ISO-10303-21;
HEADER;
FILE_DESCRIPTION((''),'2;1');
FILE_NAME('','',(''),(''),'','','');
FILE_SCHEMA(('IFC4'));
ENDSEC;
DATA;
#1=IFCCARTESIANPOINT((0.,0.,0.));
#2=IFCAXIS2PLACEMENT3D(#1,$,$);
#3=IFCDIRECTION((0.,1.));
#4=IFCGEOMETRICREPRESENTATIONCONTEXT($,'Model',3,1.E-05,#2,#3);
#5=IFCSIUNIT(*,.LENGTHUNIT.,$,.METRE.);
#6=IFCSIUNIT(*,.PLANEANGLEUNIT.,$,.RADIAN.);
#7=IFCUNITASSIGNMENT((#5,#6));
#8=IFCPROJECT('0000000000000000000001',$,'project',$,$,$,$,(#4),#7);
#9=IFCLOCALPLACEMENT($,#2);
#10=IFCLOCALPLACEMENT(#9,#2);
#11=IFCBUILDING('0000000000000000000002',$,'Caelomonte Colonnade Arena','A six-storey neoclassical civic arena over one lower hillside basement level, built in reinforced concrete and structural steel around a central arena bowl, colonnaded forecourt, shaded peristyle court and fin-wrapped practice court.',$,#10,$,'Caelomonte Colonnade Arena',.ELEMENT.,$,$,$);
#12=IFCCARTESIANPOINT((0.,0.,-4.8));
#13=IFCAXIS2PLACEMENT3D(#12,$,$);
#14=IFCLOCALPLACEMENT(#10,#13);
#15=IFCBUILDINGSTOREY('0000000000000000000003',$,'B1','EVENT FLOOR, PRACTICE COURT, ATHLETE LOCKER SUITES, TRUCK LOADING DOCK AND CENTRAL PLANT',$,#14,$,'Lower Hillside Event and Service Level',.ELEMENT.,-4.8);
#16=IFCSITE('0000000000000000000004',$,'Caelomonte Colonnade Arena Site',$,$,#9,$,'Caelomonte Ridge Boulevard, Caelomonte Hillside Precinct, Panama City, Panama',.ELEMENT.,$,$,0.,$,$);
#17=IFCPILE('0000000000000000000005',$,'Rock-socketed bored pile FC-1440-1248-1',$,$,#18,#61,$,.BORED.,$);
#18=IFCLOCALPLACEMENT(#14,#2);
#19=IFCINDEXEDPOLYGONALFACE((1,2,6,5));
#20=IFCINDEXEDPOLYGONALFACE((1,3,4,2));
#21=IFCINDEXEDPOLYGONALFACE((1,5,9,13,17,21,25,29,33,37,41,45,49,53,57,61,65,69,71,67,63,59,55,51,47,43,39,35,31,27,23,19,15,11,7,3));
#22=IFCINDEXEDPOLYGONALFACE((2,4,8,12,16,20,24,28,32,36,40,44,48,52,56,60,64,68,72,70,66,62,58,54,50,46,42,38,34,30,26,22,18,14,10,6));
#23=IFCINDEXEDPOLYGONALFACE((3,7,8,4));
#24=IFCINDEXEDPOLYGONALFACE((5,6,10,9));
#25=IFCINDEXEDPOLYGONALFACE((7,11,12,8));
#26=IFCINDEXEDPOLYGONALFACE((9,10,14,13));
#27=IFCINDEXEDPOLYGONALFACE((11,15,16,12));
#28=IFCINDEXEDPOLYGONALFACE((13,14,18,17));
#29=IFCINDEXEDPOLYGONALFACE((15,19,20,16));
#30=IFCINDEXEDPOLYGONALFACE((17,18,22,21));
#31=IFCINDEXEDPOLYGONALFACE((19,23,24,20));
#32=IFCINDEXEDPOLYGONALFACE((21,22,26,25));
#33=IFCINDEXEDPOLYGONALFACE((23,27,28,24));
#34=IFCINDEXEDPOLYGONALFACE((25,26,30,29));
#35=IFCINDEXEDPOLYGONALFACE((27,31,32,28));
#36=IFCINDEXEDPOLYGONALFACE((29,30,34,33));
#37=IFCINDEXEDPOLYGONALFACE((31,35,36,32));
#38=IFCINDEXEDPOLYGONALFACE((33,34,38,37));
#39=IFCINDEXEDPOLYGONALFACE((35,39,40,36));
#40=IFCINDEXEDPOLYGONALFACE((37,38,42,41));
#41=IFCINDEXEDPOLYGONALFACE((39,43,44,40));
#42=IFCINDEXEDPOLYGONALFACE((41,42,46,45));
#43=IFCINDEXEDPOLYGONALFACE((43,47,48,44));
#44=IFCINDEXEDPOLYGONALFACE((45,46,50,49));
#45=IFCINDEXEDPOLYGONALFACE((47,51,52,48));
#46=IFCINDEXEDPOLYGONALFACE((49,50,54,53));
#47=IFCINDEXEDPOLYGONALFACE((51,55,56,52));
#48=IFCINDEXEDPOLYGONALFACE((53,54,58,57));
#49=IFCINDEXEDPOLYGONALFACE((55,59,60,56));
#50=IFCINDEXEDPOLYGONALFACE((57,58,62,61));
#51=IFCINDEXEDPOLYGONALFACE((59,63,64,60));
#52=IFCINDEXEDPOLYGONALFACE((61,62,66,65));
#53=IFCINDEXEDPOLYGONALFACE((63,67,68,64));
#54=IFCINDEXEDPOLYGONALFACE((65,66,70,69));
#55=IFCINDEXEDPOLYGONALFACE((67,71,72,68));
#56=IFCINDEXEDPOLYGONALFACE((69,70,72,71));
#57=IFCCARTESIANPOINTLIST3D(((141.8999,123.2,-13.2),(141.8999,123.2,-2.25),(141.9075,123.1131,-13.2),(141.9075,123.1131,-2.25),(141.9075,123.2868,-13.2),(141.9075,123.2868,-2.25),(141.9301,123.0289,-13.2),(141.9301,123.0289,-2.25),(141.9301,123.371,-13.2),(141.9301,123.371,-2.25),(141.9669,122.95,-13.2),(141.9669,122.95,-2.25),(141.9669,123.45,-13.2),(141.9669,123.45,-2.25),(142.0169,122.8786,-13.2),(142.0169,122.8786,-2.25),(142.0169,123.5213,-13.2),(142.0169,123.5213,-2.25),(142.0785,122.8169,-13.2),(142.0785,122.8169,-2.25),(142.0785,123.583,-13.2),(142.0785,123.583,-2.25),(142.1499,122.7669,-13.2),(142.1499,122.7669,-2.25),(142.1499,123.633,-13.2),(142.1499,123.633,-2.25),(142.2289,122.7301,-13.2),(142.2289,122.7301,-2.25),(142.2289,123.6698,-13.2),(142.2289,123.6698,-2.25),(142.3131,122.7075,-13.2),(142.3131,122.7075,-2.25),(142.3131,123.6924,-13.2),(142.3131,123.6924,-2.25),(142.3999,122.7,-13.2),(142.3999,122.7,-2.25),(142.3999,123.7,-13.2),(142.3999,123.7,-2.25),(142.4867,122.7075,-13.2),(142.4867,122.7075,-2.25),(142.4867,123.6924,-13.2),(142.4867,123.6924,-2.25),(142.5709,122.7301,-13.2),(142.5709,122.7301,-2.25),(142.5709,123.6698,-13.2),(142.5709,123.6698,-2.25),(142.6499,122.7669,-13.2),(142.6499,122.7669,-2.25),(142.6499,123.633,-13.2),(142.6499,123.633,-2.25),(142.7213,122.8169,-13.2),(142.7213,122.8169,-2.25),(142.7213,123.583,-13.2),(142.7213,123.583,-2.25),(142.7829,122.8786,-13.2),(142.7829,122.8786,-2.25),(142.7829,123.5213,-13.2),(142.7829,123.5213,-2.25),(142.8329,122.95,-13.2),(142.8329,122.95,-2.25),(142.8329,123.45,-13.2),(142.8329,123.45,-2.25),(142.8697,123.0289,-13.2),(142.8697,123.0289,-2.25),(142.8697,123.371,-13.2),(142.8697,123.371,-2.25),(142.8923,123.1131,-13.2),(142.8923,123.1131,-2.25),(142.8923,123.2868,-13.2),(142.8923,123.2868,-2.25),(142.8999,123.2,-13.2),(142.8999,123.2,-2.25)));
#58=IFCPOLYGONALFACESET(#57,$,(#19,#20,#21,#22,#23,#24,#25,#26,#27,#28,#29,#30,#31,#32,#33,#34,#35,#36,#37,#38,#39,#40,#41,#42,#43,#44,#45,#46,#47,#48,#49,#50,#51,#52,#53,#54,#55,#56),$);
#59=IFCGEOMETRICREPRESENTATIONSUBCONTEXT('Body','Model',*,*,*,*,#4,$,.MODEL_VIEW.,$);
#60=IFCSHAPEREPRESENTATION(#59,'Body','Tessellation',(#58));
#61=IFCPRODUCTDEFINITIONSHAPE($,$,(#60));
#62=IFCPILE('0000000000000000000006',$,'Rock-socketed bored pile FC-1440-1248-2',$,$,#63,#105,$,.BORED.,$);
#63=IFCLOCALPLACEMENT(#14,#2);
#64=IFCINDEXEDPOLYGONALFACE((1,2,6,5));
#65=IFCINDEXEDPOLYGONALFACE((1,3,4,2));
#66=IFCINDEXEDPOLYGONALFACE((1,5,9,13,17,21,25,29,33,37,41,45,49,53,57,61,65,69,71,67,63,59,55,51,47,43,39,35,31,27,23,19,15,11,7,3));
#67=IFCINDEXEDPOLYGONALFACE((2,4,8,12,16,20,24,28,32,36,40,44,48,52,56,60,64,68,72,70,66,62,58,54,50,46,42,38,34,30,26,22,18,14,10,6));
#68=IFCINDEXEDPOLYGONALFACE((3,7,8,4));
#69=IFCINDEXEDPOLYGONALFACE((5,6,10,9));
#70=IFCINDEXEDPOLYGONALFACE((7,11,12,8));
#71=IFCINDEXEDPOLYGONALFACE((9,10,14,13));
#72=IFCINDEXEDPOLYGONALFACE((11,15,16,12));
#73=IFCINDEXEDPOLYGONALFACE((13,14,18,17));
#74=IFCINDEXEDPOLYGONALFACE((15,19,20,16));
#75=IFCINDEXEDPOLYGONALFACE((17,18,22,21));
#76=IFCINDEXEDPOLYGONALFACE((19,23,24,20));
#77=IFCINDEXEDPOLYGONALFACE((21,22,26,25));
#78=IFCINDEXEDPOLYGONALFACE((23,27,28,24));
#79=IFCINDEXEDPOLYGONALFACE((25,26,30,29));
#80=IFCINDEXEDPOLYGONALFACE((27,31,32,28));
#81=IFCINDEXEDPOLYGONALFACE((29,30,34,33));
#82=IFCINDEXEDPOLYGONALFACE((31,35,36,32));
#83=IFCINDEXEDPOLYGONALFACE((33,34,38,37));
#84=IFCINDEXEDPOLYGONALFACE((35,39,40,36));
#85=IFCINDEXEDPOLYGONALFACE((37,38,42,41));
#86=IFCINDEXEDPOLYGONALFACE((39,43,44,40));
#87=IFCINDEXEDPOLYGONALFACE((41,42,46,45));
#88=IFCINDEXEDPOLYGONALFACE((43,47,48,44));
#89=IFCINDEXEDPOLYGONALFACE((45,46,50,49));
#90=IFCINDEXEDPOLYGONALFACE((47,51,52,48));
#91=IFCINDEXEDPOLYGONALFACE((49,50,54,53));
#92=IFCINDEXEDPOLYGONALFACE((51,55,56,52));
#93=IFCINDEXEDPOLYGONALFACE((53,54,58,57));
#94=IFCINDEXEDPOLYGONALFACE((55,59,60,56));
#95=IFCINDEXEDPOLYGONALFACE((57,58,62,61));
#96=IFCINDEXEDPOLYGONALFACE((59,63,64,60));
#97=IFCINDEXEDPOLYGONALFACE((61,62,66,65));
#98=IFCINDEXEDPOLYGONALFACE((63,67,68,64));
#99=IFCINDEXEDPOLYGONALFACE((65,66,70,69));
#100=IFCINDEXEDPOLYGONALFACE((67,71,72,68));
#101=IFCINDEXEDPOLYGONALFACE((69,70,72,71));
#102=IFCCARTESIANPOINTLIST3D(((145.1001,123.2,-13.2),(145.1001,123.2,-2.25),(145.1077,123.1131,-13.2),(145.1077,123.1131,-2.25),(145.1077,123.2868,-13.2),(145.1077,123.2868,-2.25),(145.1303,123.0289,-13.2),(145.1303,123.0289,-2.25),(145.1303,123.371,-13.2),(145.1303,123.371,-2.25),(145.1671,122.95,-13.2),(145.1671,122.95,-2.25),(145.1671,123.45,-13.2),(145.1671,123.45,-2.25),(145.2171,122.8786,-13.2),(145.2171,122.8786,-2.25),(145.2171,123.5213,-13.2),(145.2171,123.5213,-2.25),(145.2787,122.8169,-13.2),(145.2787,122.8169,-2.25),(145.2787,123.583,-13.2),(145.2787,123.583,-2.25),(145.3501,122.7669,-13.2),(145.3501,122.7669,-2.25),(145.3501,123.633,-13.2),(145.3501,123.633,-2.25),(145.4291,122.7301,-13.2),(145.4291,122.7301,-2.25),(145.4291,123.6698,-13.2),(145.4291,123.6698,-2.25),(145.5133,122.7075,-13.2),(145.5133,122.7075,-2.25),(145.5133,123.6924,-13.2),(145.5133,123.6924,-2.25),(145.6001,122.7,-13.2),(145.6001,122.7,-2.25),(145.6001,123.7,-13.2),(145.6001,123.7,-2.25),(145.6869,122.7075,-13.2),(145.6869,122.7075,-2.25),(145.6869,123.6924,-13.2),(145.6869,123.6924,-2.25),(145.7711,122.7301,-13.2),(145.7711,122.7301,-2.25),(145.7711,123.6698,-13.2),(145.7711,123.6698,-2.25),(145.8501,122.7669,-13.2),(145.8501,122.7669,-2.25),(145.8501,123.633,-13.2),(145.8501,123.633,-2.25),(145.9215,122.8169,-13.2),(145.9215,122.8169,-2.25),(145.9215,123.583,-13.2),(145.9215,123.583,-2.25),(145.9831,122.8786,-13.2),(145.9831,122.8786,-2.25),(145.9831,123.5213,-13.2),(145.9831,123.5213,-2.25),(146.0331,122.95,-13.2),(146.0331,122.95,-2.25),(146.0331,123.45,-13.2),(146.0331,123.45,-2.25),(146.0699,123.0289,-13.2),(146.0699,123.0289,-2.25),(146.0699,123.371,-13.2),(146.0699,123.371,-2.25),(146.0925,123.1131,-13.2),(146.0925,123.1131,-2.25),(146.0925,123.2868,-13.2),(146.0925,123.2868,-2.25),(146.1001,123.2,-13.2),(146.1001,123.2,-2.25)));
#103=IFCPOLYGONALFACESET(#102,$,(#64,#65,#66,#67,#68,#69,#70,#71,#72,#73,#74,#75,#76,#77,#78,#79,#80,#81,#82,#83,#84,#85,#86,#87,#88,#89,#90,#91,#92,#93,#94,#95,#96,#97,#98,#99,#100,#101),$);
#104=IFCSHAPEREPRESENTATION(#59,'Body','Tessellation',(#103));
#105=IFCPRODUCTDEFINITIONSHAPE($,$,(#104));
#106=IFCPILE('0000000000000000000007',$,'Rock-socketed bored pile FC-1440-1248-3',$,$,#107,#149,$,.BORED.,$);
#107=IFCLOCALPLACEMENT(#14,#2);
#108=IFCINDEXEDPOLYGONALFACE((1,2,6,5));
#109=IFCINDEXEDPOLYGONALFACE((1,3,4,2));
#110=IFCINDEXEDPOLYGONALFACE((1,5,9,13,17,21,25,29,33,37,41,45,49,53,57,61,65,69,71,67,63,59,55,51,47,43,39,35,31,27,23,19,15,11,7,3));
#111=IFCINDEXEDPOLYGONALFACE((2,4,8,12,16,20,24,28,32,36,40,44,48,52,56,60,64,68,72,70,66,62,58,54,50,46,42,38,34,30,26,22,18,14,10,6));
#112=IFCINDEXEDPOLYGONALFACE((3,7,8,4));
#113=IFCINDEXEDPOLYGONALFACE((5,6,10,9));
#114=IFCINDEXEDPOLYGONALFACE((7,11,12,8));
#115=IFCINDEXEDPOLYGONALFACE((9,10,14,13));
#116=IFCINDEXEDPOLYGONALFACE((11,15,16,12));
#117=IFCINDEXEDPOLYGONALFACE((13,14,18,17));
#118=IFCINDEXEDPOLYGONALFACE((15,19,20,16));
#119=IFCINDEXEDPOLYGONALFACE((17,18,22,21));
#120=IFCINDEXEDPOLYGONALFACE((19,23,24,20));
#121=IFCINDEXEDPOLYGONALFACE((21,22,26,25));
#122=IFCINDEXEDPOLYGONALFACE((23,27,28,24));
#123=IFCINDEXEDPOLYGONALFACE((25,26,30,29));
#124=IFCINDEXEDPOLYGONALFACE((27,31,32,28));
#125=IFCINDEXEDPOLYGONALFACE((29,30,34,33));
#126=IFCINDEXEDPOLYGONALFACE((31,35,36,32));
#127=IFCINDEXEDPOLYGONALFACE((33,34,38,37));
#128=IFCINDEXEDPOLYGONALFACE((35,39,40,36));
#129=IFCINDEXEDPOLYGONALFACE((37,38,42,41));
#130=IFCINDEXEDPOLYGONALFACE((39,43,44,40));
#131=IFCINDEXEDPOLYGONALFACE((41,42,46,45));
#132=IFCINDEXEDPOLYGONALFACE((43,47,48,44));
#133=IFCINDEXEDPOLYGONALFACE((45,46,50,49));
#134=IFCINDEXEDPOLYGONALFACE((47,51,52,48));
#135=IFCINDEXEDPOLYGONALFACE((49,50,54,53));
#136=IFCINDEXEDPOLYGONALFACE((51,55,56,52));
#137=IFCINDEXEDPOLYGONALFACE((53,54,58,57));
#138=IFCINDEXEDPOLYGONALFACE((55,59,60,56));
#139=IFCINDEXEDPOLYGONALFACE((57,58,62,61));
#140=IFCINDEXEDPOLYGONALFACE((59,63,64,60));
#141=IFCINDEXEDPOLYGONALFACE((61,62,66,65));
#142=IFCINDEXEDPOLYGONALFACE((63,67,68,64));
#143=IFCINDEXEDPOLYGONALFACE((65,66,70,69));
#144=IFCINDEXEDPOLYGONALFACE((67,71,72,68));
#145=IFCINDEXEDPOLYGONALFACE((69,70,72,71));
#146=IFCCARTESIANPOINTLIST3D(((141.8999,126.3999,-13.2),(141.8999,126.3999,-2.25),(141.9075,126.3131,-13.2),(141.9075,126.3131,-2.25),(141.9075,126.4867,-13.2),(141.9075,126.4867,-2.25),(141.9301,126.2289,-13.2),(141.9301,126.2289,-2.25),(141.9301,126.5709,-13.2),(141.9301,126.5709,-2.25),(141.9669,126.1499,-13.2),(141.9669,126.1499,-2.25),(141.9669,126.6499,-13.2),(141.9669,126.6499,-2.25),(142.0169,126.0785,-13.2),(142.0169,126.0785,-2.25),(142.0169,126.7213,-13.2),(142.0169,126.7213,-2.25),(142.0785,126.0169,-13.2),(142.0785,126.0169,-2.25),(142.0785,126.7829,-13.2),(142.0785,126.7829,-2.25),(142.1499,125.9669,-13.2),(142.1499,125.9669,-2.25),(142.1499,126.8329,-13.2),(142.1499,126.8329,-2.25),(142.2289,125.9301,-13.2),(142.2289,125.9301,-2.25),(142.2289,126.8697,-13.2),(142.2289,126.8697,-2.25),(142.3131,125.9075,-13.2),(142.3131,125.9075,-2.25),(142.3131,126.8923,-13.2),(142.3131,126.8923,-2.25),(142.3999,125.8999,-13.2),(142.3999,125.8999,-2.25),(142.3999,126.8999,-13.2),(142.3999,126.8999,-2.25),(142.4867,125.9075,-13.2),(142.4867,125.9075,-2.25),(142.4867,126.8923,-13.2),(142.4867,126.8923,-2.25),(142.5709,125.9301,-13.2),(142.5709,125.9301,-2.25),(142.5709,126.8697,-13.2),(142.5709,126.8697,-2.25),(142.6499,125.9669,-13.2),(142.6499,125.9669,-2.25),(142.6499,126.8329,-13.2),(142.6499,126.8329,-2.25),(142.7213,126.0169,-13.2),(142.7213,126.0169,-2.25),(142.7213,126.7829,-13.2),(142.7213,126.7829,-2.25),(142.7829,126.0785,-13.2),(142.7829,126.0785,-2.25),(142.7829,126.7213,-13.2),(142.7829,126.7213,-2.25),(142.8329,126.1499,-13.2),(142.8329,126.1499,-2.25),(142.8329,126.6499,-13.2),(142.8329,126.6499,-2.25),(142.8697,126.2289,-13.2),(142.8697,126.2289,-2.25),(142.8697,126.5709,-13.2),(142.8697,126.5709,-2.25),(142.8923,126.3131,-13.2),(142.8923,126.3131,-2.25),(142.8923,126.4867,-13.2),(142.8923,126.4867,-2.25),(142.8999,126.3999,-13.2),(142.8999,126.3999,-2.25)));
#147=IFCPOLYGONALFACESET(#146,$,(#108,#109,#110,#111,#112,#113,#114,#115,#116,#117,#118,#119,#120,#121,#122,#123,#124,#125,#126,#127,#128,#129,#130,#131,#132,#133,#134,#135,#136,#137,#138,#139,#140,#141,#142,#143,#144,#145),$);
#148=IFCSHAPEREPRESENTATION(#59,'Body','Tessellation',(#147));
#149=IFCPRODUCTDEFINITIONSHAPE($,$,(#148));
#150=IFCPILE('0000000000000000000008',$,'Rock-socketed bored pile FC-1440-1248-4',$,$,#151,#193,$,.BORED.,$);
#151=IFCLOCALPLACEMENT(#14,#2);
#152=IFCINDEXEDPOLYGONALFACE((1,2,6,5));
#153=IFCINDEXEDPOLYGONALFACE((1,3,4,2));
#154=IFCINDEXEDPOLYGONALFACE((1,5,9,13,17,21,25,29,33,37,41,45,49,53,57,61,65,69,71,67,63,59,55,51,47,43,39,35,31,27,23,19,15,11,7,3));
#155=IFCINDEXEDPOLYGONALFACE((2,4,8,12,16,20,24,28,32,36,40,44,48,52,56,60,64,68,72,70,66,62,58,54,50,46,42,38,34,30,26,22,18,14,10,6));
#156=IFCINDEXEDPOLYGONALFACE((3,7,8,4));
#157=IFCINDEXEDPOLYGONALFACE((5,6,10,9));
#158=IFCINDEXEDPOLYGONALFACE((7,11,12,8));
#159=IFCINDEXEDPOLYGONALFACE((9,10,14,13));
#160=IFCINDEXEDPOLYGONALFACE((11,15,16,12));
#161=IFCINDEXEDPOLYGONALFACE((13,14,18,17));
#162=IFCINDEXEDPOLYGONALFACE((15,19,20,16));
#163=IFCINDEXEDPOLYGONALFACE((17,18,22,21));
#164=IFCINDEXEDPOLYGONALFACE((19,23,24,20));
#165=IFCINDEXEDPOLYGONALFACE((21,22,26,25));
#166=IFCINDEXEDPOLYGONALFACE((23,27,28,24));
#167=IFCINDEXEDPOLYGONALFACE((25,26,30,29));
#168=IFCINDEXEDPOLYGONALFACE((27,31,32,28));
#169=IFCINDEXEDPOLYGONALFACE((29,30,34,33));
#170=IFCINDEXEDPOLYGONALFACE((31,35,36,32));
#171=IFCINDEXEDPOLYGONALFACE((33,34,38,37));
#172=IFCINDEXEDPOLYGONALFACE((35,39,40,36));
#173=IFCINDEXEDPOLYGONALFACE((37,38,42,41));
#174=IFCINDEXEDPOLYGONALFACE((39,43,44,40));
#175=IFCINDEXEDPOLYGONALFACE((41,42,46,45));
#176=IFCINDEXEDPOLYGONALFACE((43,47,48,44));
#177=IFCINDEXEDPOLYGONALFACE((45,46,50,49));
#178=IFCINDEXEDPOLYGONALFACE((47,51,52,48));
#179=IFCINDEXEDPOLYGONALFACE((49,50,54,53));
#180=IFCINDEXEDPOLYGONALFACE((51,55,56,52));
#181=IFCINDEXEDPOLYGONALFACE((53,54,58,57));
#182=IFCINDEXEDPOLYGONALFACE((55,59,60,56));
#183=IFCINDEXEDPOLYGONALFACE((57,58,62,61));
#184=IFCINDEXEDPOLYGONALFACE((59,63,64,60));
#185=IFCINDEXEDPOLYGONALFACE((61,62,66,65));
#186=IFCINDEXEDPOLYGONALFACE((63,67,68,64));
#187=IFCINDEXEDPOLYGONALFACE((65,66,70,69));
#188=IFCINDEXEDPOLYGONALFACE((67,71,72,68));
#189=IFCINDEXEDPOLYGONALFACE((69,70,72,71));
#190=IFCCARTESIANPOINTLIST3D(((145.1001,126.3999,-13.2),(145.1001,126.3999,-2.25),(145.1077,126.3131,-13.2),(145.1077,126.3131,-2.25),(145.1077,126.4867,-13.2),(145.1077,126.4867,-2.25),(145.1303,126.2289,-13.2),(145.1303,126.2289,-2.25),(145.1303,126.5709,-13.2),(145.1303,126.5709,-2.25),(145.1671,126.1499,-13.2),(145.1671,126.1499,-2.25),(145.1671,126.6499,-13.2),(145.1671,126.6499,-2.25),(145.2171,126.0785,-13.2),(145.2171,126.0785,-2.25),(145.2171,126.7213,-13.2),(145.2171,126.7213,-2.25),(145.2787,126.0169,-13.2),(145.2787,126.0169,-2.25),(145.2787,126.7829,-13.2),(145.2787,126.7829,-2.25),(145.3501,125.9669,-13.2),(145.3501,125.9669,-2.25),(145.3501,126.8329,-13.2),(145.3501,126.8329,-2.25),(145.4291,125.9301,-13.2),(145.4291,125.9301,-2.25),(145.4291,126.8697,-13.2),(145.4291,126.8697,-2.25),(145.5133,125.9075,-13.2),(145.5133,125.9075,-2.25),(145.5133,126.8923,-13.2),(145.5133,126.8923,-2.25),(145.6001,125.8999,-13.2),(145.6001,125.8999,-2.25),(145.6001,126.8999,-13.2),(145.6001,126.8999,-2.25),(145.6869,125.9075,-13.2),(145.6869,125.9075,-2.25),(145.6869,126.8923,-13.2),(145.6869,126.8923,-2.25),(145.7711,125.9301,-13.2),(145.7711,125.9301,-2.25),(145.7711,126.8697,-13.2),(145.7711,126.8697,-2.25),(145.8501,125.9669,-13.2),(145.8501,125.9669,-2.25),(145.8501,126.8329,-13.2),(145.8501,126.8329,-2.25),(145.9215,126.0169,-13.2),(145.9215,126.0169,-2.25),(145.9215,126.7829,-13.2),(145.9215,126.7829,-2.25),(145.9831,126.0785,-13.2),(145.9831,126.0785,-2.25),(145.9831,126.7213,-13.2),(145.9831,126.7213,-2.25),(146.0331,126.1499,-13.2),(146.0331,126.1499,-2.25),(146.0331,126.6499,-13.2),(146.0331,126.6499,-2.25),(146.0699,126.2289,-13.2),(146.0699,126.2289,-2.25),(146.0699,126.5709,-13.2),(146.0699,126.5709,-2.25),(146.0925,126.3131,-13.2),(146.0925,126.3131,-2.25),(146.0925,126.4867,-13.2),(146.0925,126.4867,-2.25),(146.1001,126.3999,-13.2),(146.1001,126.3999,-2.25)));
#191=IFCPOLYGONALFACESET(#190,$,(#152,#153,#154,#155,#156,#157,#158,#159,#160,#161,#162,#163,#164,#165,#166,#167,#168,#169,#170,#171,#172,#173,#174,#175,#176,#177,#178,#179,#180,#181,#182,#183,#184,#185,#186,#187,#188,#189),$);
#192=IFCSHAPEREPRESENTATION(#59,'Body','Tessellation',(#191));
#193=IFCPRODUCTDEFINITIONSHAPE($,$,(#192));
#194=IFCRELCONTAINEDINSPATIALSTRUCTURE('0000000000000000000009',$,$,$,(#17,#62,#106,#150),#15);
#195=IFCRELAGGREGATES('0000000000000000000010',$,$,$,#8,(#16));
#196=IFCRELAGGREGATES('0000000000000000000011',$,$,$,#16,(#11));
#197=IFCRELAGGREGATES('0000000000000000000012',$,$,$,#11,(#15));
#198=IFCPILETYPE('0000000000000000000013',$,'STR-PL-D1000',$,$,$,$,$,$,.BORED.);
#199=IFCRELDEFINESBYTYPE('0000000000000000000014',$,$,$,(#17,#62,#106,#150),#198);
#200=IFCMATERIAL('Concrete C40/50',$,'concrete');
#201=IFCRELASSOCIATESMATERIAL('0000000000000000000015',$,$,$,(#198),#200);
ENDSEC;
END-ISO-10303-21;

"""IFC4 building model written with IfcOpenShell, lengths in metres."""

from ifc_helpers import new_model, si_unit, direction, frame, origin, origin_2d, place, context, subcontext, project, spatial, circle, extrude, material, material_profile, profile_set, type_object, element, save


model = new_model("IFC4")

# Units and contexts
model_context = context("Model", 3, precision=1e-05, world=origin(), true_north=direction((0.0, 1.0)))
body_context = subcontext(model_context, "Body", "Model", "MODEL_VIEW")
ifc_project = project(units=[si_unit("LENGTHUNIT", "METRE"), si_unit("PLANEANGLEUNIT", "RADIAN")], contexts=[model_context])

# Site, building, storey
site_placement = place(None, origin())
site = spatial("IfcSite", under=ifc_project, at=site_placement, Name="Caelomonte Colonnade Arena Site", LongName="Caelomonte Ridge Boulevard, Caelomonte Hillside Precinct, Panama City, Panama", CompositionType="ELEMENT", RefElevation=0.0)
building_placement = place(site_placement, origin())
building = spatial("IfcBuilding", under=site, at=building_placement, Name="Caelomonte Colonnade Arena", Description="A six-storey neoclassical civic arena over one lower hillside basement level, built in reinforced concrete and structural steel around a central arena bowl, colonnaded forecourt, shaded peristyle court and fin-wrapped practice court.", LongName="Caelomonte Colonnade Arena", CompositionType="ELEMENT")
storey_placement = place(building_placement, frame((0.0, 0.0, -4.8)))
storey = spatial("IfcBuildingStorey", under=building, at=storey_placement, Name="B1", Description="EVENT FLOOR, PRACTICE COURT, ATHLETE LOCKER SUITES, TRUCK LOADING DOCK AND CENTRAL PLANT", LongName="Lower Hillside Event and Service Level", CompositionType="ELEMENT", Elevation=-4.8)

# Shared definitions
ifc_material_1 = material(Name="Concrete C40/50", Category="concrete")

# Piles
ifc_material_profile_1 = material_profile(ifc_material_1, circle(Radius=0.5, at=origin_2d()), Name="PILE-D1000")
ifc_profile_set_1 = profile_set([ifc_material_profile_1], Name="Concrete C40/50")
pile_type_1 = type_object("IfcPileType", Name="STR-PL-D1000", PredefinedType="BORED", material=ifc_profile_set_1)
for number, where, z_axis, x_axis, name in (
    (1, (142.3999, 123.2, -2.25), (0.0, 0.0, -1.0), (1.0, 0.0, 0.0), "Rock-socketed bored pile FC-1440-1248-1"),
    (2, (145.6001, 123.2, -2.25), (0.0, 0.0, -1.0), (1.0, 0.0, 0.0), "Rock-socketed bored pile FC-1440-1248-2"),
    (3, (142.3999, 126.3999, -2.25), (0.0, 0.0, -1.0), (1.0, 0.0, 0.0), "Rock-socketed bored pile FC-1440-1248-3"),
    (4, (145.6001, 126.3999, -2.25), (0.0, 0.0, -1.0), (1.0, 0.0, 0.0), "Rock-socketed bored pile FC-1440-1248-4"),
):
    element("IfcPile", number, at=place(storey_placement, frame(where, z_axis=z_axis, x_axis=x_axis)), inside=storey, type_object=pile_type_1, Name=name, PredefinedType="BORED", context=body_context, shape_type="SweptSolid", body=[
        extrude(circle(Radius=0.5, at=origin_2d()), origin(), (0.0, 0.0, 1.0), 10.95),
    ])

save(model, "model.ifc")
